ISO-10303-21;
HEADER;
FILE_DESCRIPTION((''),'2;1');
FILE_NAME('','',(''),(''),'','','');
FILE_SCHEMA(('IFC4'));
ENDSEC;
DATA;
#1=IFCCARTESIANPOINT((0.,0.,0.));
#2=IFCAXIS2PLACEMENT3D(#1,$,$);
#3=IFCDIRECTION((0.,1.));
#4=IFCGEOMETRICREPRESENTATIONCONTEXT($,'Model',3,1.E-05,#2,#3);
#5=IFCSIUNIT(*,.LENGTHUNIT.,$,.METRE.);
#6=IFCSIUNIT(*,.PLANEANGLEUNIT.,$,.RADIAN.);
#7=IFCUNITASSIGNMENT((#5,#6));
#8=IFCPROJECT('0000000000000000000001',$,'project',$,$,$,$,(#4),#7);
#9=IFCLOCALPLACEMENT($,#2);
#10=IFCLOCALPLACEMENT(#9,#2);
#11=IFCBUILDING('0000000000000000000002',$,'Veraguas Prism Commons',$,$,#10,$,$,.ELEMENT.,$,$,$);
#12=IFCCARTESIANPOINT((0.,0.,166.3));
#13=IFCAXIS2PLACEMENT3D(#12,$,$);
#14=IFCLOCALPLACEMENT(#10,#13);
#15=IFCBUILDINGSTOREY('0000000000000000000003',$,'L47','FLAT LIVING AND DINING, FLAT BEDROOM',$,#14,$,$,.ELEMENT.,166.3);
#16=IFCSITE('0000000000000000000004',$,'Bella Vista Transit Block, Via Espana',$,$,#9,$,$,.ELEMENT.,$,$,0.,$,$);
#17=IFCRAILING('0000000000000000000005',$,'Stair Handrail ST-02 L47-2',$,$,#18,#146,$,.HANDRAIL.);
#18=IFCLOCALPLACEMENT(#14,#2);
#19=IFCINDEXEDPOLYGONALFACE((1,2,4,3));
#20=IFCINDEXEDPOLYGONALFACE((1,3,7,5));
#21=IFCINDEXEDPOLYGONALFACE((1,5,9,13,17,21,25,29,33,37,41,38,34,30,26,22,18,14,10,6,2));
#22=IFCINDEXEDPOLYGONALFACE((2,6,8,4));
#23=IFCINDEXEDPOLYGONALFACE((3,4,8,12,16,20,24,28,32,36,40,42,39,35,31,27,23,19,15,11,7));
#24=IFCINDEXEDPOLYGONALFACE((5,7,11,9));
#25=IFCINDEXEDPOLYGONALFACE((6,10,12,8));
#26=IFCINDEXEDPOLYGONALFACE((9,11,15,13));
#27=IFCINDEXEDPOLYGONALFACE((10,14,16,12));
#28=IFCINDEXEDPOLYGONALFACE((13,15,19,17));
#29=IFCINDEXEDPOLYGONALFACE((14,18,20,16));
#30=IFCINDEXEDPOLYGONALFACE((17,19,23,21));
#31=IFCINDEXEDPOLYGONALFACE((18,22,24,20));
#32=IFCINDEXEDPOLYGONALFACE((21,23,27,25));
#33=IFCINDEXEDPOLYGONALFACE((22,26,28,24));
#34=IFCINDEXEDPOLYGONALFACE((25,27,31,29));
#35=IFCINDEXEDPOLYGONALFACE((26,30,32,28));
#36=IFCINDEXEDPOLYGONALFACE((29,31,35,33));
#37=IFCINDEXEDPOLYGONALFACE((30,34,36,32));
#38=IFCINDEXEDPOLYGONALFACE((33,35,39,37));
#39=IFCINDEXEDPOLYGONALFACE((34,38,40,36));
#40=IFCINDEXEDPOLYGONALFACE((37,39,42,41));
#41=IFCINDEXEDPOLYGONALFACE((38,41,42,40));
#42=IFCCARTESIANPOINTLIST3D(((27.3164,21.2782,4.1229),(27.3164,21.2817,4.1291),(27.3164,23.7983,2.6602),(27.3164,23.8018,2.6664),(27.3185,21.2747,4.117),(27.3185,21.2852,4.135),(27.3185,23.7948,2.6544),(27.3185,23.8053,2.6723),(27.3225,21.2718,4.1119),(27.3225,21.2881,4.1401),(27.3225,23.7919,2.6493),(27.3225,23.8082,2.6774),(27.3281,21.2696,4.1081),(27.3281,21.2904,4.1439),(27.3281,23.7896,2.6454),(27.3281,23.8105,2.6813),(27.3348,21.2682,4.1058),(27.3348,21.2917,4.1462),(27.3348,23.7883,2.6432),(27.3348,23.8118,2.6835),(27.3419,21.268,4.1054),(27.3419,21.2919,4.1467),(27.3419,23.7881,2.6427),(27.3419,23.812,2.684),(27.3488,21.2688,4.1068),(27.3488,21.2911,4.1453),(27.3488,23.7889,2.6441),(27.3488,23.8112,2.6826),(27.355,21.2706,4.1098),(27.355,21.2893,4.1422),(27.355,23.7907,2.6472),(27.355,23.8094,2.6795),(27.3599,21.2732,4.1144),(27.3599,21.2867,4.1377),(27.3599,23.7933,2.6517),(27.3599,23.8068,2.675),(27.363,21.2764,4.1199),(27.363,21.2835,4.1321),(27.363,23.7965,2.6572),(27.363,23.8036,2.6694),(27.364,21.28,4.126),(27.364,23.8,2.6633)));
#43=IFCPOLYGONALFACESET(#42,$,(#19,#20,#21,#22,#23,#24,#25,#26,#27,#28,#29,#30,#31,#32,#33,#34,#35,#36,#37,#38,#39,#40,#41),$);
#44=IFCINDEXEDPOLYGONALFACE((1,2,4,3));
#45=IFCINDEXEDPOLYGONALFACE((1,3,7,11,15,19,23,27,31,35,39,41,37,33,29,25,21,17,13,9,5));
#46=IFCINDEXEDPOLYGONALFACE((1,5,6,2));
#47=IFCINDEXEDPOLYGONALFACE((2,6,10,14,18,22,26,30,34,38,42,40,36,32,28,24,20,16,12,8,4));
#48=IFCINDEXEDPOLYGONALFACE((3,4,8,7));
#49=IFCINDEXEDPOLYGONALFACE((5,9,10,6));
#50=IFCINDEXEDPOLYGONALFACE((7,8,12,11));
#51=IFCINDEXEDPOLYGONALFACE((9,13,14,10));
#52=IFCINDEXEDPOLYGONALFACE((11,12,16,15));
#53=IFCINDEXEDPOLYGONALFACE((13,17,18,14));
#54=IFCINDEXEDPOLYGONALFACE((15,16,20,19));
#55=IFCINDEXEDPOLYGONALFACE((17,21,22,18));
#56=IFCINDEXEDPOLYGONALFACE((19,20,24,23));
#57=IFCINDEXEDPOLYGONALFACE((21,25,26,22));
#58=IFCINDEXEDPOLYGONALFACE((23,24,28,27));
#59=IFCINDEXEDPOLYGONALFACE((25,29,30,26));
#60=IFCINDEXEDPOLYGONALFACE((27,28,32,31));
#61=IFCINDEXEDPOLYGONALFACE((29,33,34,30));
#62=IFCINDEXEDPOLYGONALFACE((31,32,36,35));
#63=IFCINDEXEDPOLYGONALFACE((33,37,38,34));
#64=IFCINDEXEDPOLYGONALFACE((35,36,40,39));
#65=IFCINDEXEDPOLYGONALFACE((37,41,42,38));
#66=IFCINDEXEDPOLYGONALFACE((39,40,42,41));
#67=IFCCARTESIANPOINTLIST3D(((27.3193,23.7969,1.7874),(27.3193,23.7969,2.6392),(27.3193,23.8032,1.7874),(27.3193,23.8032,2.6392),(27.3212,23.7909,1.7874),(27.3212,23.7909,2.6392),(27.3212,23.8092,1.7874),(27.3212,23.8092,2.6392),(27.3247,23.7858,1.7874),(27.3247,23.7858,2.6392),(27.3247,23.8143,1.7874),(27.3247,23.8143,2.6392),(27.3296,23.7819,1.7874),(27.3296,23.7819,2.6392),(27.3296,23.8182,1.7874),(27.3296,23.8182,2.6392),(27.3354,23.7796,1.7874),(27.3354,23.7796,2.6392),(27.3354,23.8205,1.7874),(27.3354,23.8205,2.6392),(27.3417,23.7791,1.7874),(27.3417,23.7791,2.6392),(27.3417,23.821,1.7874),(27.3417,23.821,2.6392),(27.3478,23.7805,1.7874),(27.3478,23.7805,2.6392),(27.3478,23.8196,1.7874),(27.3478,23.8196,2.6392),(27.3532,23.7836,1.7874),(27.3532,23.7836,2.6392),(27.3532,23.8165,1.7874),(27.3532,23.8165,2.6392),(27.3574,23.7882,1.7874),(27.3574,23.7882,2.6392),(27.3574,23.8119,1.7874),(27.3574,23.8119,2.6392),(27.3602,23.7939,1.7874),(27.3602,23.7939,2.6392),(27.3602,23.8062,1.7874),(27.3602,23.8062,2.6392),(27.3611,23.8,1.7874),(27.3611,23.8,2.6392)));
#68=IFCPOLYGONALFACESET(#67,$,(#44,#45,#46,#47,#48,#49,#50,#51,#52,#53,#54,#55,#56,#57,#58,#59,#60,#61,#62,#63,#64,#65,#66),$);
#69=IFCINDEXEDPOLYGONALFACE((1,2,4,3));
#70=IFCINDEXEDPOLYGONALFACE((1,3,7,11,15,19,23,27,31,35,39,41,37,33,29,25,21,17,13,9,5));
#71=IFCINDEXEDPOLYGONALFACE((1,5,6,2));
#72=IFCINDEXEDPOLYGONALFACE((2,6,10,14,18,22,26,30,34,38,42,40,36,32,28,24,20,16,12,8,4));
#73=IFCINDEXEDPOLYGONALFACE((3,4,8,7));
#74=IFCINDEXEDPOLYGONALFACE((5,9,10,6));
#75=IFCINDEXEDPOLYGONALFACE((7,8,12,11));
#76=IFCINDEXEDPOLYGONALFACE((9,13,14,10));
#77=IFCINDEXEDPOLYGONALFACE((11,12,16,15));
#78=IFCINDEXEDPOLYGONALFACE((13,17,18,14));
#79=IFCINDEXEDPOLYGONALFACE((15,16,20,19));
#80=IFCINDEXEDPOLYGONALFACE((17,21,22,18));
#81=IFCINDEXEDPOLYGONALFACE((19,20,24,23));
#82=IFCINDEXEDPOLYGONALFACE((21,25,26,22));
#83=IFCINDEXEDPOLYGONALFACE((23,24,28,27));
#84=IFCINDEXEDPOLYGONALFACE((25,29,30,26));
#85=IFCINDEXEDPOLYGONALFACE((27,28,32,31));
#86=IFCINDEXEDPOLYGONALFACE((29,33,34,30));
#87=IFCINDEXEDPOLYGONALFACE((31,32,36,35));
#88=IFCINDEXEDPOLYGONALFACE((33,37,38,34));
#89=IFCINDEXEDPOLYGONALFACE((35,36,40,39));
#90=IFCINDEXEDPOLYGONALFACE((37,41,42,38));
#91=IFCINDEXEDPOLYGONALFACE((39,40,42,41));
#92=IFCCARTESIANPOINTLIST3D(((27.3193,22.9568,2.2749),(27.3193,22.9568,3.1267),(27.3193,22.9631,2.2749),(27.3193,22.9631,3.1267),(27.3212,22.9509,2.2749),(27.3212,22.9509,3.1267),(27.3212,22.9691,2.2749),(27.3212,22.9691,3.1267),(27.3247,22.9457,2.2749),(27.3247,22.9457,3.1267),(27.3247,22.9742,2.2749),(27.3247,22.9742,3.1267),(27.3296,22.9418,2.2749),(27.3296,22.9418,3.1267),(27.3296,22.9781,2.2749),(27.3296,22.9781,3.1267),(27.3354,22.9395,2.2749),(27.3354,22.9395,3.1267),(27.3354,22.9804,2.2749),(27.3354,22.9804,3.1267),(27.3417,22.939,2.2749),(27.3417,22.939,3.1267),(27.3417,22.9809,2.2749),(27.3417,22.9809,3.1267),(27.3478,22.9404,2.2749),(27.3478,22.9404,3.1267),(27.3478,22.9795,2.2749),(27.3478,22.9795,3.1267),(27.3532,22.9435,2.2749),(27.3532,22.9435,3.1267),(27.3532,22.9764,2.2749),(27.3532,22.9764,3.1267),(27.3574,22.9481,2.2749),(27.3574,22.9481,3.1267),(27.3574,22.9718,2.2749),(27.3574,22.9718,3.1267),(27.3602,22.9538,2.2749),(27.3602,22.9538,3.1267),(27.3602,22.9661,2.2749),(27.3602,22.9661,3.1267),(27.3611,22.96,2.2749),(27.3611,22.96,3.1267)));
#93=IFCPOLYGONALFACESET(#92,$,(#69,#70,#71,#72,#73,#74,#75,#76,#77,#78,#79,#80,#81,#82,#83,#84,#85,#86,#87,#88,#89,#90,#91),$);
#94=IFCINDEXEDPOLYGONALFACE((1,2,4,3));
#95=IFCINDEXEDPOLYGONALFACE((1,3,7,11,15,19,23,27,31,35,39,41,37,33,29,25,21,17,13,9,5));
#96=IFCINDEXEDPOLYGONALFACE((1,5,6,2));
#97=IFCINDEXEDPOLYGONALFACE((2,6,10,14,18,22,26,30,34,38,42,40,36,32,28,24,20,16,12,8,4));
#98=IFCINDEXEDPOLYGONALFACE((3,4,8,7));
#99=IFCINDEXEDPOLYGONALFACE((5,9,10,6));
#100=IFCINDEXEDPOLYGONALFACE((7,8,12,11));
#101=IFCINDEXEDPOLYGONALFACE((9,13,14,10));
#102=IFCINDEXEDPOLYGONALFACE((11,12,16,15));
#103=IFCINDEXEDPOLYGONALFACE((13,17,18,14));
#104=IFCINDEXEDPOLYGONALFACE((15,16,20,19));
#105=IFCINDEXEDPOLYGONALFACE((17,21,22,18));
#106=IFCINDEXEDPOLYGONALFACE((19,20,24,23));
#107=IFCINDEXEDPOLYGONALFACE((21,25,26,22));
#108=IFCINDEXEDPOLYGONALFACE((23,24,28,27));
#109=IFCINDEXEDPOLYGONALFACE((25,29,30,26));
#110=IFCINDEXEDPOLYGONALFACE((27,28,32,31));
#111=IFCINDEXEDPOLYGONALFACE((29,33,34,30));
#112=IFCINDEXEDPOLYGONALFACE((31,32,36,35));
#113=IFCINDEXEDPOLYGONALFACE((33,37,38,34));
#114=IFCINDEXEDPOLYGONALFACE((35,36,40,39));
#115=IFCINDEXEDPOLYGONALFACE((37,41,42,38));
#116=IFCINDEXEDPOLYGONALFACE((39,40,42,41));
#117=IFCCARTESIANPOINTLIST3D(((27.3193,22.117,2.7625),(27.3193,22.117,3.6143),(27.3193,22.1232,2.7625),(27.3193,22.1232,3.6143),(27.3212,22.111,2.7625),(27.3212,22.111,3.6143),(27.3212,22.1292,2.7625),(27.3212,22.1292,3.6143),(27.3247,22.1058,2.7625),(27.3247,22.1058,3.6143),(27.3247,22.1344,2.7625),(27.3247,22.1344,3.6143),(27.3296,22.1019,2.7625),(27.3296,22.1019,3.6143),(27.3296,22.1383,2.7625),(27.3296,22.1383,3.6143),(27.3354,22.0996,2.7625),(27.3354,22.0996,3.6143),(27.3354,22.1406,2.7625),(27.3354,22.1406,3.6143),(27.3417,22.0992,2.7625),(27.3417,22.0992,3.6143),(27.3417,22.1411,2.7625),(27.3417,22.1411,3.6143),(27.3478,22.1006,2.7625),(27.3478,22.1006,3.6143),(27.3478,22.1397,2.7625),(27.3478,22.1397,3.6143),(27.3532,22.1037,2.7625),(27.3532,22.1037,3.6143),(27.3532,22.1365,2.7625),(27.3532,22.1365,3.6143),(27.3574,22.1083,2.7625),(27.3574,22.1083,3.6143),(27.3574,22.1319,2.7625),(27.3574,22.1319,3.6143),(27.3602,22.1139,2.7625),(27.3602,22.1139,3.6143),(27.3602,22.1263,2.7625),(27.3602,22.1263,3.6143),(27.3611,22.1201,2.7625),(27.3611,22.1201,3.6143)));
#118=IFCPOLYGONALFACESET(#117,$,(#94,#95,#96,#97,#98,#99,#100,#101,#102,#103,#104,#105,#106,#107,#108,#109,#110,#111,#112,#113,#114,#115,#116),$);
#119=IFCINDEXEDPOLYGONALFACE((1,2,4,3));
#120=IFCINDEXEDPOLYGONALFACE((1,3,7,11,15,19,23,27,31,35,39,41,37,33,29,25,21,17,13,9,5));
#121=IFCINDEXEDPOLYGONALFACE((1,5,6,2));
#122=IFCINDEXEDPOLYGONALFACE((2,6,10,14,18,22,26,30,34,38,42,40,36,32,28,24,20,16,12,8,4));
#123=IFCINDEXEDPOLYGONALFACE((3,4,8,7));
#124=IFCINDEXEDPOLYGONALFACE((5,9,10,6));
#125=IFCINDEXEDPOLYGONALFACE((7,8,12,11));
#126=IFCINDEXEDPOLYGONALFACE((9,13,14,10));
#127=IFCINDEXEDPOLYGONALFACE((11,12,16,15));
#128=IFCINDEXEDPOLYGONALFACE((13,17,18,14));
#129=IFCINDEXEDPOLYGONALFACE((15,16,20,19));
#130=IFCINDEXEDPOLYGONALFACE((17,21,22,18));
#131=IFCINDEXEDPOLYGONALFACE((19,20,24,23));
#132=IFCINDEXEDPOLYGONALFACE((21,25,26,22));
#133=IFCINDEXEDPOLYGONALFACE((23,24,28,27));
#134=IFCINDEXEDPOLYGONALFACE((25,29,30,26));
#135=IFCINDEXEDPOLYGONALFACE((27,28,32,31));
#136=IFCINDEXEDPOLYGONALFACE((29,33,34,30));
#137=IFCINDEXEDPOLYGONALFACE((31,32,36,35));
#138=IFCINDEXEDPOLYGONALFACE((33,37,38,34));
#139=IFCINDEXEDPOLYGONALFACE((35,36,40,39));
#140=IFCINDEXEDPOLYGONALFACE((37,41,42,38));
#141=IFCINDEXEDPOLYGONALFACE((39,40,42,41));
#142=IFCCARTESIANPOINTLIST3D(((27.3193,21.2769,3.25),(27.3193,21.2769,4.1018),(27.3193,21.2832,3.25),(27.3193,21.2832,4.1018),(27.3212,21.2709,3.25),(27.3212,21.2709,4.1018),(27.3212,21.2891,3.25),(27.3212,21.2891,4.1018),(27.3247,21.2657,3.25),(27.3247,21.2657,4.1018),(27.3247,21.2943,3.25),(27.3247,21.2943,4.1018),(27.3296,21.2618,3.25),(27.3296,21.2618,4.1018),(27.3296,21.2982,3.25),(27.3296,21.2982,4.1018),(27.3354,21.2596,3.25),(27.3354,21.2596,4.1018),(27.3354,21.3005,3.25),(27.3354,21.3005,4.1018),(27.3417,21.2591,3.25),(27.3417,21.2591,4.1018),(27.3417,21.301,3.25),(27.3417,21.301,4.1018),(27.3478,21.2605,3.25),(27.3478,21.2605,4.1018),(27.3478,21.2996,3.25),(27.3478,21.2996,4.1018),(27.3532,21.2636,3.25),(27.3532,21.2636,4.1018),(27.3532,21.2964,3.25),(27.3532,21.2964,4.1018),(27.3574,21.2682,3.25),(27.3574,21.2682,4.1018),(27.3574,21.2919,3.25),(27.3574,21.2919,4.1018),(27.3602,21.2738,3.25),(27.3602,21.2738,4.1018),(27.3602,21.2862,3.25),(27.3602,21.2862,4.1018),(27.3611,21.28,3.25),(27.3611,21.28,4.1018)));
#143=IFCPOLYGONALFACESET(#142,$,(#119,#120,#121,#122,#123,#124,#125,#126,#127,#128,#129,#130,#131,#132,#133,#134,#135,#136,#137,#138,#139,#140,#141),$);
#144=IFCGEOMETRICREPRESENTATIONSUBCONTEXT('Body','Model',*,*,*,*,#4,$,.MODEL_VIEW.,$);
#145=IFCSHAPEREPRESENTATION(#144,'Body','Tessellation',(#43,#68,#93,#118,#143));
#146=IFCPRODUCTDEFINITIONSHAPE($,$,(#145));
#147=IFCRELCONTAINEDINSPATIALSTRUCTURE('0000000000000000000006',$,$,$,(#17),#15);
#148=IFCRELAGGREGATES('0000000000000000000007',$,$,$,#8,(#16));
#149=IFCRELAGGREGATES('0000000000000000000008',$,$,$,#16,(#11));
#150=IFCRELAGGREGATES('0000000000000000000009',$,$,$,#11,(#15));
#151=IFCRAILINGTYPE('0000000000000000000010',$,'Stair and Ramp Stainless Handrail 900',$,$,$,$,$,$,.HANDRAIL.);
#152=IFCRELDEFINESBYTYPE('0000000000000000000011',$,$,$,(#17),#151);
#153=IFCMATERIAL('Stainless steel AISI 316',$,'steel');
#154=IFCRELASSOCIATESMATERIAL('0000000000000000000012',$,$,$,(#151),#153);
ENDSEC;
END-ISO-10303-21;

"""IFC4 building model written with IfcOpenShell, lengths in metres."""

from ifc_helpers import new_model, si_unit, direction, frame, origin, origin_2d, place, context, subcontext, project, spatial, circle, extrude, material, type_object, element, save


model = new_model("IFC4")

# Units and contexts
model_context = context("Model", 3, precision=1e-05, world=origin(), true_north=direction((0.0, 1.0)))
body_context = subcontext(model_context, "Body", "Model", "MODEL_VIEW")
ifc_project = project(units=[si_unit("LENGTHUNIT", "METRE"), si_unit("PLANEANGLEUNIT", "RADIAN")], contexts=[model_context])

# Site, building, storey
site_placement = place(None, origin())
site = spatial("IfcSite", under=ifc_project, at=site_placement, Name="Bella Vista Transit Block, Via Espana", CompositionType="ELEMENT", RefElevation=0.0)
building_placement = place(site_placement, origin())
building = spatial("IfcBuilding", under=site, at=building_placement, Name="Veraguas Prism Commons", CompositionType="ELEMENT")
storey_placement = place(building_placement, frame((0.0, 0.0, 166.3)))
storey = spatial("IfcBuildingStorey", under=building, at=storey_placement, Name="L47", Description="FLAT LIVING AND DINING, FLAT BEDROOM", CompositionType="ELEMENT", Elevation=166.3)

# Shared definitions
ifc_material_1 = material(Name="Stainless steel AISI 316", Category="steel")

# Railing
railing_type_1 = type_object("IfcRailingType", Name="Stair and Ramp Stainless Handrail 900", PredefinedType="HANDRAIL", material=ifc_material_1)
railing_1_placement = place(storey_placement, frame((27.3401, 23.8, 1.7874)))
element("IfcRailing", 1, at=railing_1_placement, inside=storey, type_object=railing_type_1, Name="Stair Handrail ST-02 L47-2", PredefinedType="HANDRAIL", context=body_context, shape_type="SweptSolid", body=[
    extrude(circle(Radius=0.0239, at=origin_2d()), frame((0.0, 0.0, 0.876), z_axis=(0.0, -0.864877, 0.501984), x_axis=(1.0, 0.0, 0.0)), (0.0, 0.0, 1.0), 2.9138),
    extrude(circle(Radius=0.021, at=origin_2d()), origin(), (0.0, 0.0, 1.0), 0.8518),
    extrude(circle(Radius=0.021, at=origin_2d()), frame((0.0, -0.8401, 0.4875)), (0.0, 0.0, 1.0), 0.8518),
    extrude(circle(Radius=0.021, at=origin_2d()), frame((0.0, -1.6799, 0.9751)), (0.0, 0.0, 1.0), 0.8518),
    extrude(circle(Radius=0.021, at=origin_2d()), frame((0.0, -2.52, 1.4626)), (0.0, 0.0, 1.0), 0.8518),
])

save(model, "model.ifc")
